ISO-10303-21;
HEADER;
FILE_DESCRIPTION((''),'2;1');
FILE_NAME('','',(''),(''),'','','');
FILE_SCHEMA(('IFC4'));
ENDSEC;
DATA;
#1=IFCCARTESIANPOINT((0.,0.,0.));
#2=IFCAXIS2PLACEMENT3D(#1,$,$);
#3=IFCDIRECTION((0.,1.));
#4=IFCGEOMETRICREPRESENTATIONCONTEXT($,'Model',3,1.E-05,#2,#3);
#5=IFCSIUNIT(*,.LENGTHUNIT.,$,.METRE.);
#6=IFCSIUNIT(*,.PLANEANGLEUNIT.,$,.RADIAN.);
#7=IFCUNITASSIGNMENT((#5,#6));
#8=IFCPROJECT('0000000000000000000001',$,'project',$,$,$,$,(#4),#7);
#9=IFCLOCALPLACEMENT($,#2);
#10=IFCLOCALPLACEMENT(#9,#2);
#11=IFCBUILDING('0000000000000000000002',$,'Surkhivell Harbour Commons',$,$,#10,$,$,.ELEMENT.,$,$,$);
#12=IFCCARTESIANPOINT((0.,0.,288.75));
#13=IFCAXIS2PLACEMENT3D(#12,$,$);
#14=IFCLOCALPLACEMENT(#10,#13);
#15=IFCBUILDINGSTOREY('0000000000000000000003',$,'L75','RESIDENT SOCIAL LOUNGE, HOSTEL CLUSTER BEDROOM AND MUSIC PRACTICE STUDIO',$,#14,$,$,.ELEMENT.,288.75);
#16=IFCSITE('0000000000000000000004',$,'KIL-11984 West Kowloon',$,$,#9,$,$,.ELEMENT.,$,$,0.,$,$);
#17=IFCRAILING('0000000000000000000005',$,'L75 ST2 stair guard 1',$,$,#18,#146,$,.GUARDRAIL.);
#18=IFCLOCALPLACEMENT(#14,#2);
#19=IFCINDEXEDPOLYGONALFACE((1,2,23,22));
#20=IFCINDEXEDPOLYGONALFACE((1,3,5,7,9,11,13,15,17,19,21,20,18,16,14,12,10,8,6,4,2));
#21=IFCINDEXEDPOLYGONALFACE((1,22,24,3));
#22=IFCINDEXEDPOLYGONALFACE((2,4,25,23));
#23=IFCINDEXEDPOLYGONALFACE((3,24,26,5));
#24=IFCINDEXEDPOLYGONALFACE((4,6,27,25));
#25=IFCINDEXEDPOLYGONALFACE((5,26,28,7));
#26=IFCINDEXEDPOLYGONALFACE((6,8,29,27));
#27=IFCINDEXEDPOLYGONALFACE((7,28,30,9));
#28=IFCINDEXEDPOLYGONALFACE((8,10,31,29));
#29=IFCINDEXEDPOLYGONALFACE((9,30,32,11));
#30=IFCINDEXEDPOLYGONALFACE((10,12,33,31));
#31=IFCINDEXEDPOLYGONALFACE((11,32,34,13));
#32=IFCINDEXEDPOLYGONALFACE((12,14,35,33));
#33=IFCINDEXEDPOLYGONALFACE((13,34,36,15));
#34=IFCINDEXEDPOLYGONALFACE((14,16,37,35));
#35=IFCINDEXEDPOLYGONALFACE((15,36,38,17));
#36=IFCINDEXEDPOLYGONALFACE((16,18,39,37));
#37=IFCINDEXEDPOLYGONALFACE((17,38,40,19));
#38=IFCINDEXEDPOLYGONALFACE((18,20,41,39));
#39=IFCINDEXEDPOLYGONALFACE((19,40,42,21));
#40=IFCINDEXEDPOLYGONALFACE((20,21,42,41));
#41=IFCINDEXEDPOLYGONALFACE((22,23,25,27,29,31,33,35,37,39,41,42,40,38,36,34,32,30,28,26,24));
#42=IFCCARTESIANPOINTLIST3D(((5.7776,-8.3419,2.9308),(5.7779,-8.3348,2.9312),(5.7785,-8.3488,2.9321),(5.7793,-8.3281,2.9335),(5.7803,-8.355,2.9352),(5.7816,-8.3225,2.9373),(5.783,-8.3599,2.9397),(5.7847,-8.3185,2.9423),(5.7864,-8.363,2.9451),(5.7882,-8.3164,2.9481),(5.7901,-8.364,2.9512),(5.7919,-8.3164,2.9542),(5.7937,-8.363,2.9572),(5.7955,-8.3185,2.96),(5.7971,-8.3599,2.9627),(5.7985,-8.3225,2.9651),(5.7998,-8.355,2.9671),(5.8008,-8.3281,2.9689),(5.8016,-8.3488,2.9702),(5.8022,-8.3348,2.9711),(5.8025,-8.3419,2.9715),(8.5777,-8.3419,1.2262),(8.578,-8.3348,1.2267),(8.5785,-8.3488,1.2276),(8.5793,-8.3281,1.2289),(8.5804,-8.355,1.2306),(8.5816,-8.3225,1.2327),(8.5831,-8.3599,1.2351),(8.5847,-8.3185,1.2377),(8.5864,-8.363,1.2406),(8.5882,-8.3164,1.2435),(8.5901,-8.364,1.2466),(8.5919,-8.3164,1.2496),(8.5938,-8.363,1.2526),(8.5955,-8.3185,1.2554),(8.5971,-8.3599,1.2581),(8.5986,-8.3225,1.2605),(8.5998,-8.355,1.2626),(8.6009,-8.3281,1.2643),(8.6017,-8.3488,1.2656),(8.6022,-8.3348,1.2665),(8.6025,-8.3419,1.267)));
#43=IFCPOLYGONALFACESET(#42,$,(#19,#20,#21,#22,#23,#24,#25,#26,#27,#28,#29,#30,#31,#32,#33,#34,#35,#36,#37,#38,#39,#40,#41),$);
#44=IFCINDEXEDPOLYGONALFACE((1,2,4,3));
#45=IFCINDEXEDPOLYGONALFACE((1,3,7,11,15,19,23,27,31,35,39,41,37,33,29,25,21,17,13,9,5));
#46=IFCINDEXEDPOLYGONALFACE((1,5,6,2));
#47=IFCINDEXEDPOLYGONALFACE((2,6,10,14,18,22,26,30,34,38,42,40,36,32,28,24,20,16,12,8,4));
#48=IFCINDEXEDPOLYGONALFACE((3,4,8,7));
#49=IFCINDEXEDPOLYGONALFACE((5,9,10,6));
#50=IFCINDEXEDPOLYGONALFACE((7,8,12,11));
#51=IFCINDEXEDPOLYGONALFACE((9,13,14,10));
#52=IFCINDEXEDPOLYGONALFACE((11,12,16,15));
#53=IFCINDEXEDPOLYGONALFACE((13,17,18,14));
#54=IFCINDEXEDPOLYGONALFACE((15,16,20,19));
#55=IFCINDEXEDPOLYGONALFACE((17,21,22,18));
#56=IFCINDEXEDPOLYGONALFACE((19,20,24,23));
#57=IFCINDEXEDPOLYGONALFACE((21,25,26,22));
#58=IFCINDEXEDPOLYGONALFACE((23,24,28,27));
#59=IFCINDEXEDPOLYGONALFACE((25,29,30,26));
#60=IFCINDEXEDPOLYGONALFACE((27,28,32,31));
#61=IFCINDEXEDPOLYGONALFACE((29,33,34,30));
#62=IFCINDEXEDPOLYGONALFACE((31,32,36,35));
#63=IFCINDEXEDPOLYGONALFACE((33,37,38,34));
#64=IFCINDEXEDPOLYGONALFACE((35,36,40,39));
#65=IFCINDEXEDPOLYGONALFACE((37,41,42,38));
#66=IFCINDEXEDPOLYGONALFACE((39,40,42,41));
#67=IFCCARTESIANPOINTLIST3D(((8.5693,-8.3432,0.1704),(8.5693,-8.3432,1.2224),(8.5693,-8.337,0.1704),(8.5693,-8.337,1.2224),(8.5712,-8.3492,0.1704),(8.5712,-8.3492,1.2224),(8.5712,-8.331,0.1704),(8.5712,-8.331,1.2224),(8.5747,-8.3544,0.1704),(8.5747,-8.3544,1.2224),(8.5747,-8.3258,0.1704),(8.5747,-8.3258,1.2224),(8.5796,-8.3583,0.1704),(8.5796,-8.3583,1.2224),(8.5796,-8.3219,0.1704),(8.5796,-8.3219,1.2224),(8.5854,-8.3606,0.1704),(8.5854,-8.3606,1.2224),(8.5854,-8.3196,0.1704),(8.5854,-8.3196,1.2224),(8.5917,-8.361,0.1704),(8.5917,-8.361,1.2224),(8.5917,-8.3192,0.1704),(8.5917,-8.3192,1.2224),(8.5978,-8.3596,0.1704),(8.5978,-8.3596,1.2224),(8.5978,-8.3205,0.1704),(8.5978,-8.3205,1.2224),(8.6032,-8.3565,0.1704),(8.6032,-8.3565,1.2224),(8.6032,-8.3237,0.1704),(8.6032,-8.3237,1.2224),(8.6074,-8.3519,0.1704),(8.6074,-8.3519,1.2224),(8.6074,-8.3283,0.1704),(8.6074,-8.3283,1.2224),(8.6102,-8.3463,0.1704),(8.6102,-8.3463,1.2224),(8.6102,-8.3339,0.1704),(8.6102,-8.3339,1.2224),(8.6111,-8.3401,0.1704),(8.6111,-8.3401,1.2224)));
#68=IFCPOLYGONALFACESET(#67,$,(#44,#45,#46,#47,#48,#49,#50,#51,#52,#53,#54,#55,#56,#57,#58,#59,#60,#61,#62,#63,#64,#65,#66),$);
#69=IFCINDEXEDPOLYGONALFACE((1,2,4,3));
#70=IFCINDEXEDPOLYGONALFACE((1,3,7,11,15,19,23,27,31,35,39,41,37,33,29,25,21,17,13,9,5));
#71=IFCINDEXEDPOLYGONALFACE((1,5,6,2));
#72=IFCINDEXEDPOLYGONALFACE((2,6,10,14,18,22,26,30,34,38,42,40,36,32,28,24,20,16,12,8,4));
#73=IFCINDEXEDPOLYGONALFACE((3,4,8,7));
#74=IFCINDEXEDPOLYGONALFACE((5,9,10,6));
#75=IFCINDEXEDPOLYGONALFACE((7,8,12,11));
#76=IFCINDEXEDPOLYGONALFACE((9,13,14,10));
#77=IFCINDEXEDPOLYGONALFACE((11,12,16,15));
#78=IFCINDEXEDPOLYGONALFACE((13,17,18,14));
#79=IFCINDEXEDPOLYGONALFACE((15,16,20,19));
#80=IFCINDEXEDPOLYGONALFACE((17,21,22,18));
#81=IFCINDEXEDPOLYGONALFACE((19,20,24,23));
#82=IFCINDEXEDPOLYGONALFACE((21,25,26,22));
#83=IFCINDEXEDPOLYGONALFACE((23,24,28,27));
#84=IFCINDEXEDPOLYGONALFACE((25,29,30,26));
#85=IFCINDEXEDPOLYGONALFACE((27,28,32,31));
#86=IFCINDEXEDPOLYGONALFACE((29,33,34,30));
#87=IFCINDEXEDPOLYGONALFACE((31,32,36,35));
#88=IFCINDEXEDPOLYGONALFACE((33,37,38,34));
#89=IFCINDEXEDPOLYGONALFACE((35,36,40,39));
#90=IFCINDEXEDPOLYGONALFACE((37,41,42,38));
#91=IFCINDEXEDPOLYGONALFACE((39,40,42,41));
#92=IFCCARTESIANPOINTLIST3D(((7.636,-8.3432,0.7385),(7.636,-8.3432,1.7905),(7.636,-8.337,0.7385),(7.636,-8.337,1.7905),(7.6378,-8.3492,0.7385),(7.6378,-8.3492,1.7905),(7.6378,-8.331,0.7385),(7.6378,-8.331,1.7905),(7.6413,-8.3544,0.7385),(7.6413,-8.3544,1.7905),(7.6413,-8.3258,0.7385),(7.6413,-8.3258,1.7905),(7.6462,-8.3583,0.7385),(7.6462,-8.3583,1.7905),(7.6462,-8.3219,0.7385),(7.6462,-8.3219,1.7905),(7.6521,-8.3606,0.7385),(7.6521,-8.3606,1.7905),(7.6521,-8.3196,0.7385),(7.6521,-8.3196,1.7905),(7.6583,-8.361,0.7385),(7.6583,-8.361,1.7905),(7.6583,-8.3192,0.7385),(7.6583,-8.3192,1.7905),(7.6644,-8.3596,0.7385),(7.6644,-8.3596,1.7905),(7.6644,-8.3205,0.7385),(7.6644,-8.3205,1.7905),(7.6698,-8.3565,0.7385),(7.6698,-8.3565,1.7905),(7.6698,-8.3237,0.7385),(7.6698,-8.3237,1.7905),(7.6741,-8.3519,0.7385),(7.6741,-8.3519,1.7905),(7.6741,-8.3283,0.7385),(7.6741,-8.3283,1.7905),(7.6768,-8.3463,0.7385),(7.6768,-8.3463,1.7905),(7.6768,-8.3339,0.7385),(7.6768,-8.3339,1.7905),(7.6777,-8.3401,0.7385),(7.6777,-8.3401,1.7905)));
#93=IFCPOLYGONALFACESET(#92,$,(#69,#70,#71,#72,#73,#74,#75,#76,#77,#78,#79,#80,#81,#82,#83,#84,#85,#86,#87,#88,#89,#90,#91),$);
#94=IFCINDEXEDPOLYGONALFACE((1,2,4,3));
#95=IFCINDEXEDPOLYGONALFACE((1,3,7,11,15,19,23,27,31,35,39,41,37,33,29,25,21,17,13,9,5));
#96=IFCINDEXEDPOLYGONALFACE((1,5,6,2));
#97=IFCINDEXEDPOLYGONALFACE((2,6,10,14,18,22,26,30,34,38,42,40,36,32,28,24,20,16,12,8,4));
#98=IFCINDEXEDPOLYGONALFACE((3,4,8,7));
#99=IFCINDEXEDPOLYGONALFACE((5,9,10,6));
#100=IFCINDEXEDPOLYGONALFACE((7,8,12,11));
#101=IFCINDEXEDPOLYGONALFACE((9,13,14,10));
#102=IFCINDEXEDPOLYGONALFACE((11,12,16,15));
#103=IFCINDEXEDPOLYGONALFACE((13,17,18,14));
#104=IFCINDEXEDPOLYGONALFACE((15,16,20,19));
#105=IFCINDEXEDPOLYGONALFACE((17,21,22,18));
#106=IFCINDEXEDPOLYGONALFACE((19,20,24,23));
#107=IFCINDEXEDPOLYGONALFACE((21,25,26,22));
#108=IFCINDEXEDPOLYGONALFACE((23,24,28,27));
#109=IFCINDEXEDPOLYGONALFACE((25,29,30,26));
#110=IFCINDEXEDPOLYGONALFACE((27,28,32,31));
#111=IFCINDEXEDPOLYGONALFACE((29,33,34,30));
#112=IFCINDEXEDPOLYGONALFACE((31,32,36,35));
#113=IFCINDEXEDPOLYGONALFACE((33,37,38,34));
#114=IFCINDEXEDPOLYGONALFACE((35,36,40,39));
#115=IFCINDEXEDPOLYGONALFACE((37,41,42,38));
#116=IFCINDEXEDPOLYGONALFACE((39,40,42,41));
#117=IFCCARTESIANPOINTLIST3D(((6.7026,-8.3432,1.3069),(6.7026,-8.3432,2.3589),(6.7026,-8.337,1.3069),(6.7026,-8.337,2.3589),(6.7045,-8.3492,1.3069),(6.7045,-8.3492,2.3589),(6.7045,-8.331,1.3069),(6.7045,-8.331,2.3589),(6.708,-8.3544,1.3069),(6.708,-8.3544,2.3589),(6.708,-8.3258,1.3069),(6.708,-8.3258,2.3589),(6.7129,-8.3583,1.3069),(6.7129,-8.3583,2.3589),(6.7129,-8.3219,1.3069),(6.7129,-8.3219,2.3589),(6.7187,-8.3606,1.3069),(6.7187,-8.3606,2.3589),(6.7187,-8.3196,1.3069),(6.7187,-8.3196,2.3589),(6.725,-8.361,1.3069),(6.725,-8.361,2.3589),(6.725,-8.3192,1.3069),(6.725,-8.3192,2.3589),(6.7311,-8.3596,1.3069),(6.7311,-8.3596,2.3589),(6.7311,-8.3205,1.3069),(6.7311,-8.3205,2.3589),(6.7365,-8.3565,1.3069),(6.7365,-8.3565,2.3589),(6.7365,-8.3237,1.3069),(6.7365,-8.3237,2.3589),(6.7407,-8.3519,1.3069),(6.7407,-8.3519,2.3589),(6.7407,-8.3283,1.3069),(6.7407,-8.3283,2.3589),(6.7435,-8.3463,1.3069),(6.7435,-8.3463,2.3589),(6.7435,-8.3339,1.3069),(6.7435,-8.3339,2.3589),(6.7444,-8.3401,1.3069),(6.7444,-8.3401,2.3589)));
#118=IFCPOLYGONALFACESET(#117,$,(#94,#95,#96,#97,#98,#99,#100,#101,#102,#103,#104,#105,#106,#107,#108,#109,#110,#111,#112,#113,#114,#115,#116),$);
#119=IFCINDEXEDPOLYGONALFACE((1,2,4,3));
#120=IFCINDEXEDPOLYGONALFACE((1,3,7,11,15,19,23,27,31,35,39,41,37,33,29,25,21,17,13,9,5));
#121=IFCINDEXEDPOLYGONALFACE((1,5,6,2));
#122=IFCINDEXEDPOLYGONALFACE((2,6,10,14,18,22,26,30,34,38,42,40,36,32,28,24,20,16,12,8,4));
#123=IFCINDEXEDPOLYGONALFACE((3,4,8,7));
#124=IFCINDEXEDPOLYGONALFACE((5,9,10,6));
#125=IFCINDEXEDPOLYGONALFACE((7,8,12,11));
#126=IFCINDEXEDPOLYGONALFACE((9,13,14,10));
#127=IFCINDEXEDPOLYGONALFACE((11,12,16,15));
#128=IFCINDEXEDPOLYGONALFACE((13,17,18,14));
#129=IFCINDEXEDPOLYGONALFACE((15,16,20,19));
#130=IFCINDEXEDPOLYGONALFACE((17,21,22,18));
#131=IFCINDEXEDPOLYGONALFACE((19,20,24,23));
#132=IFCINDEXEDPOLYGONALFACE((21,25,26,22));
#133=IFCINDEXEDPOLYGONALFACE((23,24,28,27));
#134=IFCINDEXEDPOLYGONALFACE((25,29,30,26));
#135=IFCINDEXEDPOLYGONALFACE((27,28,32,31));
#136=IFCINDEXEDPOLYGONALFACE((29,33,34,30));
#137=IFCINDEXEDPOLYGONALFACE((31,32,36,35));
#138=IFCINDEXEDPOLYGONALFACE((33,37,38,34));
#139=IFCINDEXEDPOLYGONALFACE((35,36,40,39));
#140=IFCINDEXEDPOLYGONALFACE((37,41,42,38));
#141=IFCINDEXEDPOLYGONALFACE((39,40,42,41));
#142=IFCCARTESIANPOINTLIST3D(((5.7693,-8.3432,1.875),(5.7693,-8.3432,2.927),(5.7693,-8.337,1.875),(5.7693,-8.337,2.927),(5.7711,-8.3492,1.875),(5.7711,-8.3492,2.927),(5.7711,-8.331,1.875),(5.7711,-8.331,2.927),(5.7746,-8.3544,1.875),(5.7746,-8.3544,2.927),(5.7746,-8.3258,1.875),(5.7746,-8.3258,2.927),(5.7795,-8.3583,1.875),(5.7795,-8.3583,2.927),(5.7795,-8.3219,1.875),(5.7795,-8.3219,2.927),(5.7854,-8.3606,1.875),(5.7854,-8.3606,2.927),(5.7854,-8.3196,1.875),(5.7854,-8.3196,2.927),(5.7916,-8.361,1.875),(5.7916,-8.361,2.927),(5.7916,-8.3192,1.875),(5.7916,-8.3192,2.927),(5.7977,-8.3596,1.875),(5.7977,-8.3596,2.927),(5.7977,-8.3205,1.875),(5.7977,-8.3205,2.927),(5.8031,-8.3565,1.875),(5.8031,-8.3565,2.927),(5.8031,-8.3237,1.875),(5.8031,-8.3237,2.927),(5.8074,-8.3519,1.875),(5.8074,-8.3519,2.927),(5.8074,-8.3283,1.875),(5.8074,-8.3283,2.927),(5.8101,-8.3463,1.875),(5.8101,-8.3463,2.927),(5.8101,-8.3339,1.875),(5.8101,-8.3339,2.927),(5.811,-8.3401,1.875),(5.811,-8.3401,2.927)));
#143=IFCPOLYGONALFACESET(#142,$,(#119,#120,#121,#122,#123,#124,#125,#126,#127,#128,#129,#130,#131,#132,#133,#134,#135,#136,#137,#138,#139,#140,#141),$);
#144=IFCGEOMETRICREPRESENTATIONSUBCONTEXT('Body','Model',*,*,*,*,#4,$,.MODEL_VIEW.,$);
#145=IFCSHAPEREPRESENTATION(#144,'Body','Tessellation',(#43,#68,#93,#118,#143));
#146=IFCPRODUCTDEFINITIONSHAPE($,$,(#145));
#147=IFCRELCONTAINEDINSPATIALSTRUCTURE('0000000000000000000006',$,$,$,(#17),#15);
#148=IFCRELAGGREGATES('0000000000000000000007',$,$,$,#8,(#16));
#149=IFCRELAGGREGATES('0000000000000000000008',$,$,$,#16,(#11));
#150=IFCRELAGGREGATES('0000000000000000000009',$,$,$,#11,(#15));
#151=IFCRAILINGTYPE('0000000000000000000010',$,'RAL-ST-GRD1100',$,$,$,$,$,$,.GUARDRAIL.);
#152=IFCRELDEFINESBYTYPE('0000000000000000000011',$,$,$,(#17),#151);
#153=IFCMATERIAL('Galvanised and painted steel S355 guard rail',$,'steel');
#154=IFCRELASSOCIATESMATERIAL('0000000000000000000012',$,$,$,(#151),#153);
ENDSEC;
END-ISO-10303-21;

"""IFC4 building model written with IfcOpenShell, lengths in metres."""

from ifc_helpers import new_model, si_unit, direction, frame, origin, origin_2d, place, context, subcontext, project, spatial, circle, extrude, material, type_object, element, save


model = new_model("IFC4")

# Units and contexts
model_context = context("Model", 3, precision=1e-05, world=origin(), true_north=direction((0.0, 1.0)))
body_context = subcontext(model_context, "Body", "Model", "MODEL_VIEW")
ifc_project = project(units=[si_unit("LENGTHUNIT", "METRE"), si_unit("PLANEANGLEUNIT", "RADIAN")], contexts=[model_context])

# Site, building, storey
site_placement = place(None, origin())
site = spatial("IfcSite", under=ifc_project, at=site_placement, Name="KIL-11984 West Kowloon", CompositionType="ELEMENT", RefElevation=0.0)
building_placement = place(site_placement, origin())
building = spatial("IfcBuilding", under=site, at=building_placement, Name="Surkhivell Harbour Commons", CompositionType="ELEMENT")
storey_placement = place(building_placement, frame((0.0, 0.0, 288.75)))
storey = spatial("IfcBuildingStorey", under=building, at=storey_placement, Name="L75", Description="RESIDENT SOCIAL LOUNGE, HOSTEL CLUSTER BEDROOM AND MUSIC PRACTICE STUDIO", CompositionType="ELEMENT", Elevation=288.75)

# Railing
ifc_material_1 = material(Name="Galvanised and painted steel S355 guard rail", Category="steel")
railing_type_1 = type_object("IfcRailingType", Name="RAL-ST-GRD1100", PredefinedType="GUARDRAIL", material=ifc_material_1)
railing_1_placement = place(storey_placement, frame((8.5901, -8.3401, 0.1704)))
element("IfcRailing", 1, at=railing_1_placement, inside=storey, type_object=railing_type_1, Name="L75 ST2 stair guard 1", PredefinedType="GUARDRAIL", context=body_context, shape_type="SweptSolid", body=[
    extrude(circle(Radius=0.0239, at=origin_2d()), frame((0.0, 0.0, 1.0762), z_axis=(-0.85417, 0.0, 0.519994), x_axis=(0.0, -1.0, 0.0)), (0.0, 0.0, 1.0), 3.2781),
    extrude(circle(Radius=0.021, at=origin_2d()), origin(), (0.0, 0.0, 1.0), 1.052),
    extrude(circle(Radius=0.021, at=origin_2d()), frame((-0.9333, 0.0, 0.5681)), (0.0, 0.0, 1.0), 1.052),
    extrude(circle(Radius=0.021, at=origin_2d()), frame((-1.8667, 0.0, 1.1365)), (0.0, 0.0, 1.0), 1.052),
    extrude(circle(Radius=0.021, at=origin_2d()), frame((-2.8, 0.0, 1.7046)), (0.0, 0.0, 1.0), 1.052),
])

save(model, "model.ifc")
